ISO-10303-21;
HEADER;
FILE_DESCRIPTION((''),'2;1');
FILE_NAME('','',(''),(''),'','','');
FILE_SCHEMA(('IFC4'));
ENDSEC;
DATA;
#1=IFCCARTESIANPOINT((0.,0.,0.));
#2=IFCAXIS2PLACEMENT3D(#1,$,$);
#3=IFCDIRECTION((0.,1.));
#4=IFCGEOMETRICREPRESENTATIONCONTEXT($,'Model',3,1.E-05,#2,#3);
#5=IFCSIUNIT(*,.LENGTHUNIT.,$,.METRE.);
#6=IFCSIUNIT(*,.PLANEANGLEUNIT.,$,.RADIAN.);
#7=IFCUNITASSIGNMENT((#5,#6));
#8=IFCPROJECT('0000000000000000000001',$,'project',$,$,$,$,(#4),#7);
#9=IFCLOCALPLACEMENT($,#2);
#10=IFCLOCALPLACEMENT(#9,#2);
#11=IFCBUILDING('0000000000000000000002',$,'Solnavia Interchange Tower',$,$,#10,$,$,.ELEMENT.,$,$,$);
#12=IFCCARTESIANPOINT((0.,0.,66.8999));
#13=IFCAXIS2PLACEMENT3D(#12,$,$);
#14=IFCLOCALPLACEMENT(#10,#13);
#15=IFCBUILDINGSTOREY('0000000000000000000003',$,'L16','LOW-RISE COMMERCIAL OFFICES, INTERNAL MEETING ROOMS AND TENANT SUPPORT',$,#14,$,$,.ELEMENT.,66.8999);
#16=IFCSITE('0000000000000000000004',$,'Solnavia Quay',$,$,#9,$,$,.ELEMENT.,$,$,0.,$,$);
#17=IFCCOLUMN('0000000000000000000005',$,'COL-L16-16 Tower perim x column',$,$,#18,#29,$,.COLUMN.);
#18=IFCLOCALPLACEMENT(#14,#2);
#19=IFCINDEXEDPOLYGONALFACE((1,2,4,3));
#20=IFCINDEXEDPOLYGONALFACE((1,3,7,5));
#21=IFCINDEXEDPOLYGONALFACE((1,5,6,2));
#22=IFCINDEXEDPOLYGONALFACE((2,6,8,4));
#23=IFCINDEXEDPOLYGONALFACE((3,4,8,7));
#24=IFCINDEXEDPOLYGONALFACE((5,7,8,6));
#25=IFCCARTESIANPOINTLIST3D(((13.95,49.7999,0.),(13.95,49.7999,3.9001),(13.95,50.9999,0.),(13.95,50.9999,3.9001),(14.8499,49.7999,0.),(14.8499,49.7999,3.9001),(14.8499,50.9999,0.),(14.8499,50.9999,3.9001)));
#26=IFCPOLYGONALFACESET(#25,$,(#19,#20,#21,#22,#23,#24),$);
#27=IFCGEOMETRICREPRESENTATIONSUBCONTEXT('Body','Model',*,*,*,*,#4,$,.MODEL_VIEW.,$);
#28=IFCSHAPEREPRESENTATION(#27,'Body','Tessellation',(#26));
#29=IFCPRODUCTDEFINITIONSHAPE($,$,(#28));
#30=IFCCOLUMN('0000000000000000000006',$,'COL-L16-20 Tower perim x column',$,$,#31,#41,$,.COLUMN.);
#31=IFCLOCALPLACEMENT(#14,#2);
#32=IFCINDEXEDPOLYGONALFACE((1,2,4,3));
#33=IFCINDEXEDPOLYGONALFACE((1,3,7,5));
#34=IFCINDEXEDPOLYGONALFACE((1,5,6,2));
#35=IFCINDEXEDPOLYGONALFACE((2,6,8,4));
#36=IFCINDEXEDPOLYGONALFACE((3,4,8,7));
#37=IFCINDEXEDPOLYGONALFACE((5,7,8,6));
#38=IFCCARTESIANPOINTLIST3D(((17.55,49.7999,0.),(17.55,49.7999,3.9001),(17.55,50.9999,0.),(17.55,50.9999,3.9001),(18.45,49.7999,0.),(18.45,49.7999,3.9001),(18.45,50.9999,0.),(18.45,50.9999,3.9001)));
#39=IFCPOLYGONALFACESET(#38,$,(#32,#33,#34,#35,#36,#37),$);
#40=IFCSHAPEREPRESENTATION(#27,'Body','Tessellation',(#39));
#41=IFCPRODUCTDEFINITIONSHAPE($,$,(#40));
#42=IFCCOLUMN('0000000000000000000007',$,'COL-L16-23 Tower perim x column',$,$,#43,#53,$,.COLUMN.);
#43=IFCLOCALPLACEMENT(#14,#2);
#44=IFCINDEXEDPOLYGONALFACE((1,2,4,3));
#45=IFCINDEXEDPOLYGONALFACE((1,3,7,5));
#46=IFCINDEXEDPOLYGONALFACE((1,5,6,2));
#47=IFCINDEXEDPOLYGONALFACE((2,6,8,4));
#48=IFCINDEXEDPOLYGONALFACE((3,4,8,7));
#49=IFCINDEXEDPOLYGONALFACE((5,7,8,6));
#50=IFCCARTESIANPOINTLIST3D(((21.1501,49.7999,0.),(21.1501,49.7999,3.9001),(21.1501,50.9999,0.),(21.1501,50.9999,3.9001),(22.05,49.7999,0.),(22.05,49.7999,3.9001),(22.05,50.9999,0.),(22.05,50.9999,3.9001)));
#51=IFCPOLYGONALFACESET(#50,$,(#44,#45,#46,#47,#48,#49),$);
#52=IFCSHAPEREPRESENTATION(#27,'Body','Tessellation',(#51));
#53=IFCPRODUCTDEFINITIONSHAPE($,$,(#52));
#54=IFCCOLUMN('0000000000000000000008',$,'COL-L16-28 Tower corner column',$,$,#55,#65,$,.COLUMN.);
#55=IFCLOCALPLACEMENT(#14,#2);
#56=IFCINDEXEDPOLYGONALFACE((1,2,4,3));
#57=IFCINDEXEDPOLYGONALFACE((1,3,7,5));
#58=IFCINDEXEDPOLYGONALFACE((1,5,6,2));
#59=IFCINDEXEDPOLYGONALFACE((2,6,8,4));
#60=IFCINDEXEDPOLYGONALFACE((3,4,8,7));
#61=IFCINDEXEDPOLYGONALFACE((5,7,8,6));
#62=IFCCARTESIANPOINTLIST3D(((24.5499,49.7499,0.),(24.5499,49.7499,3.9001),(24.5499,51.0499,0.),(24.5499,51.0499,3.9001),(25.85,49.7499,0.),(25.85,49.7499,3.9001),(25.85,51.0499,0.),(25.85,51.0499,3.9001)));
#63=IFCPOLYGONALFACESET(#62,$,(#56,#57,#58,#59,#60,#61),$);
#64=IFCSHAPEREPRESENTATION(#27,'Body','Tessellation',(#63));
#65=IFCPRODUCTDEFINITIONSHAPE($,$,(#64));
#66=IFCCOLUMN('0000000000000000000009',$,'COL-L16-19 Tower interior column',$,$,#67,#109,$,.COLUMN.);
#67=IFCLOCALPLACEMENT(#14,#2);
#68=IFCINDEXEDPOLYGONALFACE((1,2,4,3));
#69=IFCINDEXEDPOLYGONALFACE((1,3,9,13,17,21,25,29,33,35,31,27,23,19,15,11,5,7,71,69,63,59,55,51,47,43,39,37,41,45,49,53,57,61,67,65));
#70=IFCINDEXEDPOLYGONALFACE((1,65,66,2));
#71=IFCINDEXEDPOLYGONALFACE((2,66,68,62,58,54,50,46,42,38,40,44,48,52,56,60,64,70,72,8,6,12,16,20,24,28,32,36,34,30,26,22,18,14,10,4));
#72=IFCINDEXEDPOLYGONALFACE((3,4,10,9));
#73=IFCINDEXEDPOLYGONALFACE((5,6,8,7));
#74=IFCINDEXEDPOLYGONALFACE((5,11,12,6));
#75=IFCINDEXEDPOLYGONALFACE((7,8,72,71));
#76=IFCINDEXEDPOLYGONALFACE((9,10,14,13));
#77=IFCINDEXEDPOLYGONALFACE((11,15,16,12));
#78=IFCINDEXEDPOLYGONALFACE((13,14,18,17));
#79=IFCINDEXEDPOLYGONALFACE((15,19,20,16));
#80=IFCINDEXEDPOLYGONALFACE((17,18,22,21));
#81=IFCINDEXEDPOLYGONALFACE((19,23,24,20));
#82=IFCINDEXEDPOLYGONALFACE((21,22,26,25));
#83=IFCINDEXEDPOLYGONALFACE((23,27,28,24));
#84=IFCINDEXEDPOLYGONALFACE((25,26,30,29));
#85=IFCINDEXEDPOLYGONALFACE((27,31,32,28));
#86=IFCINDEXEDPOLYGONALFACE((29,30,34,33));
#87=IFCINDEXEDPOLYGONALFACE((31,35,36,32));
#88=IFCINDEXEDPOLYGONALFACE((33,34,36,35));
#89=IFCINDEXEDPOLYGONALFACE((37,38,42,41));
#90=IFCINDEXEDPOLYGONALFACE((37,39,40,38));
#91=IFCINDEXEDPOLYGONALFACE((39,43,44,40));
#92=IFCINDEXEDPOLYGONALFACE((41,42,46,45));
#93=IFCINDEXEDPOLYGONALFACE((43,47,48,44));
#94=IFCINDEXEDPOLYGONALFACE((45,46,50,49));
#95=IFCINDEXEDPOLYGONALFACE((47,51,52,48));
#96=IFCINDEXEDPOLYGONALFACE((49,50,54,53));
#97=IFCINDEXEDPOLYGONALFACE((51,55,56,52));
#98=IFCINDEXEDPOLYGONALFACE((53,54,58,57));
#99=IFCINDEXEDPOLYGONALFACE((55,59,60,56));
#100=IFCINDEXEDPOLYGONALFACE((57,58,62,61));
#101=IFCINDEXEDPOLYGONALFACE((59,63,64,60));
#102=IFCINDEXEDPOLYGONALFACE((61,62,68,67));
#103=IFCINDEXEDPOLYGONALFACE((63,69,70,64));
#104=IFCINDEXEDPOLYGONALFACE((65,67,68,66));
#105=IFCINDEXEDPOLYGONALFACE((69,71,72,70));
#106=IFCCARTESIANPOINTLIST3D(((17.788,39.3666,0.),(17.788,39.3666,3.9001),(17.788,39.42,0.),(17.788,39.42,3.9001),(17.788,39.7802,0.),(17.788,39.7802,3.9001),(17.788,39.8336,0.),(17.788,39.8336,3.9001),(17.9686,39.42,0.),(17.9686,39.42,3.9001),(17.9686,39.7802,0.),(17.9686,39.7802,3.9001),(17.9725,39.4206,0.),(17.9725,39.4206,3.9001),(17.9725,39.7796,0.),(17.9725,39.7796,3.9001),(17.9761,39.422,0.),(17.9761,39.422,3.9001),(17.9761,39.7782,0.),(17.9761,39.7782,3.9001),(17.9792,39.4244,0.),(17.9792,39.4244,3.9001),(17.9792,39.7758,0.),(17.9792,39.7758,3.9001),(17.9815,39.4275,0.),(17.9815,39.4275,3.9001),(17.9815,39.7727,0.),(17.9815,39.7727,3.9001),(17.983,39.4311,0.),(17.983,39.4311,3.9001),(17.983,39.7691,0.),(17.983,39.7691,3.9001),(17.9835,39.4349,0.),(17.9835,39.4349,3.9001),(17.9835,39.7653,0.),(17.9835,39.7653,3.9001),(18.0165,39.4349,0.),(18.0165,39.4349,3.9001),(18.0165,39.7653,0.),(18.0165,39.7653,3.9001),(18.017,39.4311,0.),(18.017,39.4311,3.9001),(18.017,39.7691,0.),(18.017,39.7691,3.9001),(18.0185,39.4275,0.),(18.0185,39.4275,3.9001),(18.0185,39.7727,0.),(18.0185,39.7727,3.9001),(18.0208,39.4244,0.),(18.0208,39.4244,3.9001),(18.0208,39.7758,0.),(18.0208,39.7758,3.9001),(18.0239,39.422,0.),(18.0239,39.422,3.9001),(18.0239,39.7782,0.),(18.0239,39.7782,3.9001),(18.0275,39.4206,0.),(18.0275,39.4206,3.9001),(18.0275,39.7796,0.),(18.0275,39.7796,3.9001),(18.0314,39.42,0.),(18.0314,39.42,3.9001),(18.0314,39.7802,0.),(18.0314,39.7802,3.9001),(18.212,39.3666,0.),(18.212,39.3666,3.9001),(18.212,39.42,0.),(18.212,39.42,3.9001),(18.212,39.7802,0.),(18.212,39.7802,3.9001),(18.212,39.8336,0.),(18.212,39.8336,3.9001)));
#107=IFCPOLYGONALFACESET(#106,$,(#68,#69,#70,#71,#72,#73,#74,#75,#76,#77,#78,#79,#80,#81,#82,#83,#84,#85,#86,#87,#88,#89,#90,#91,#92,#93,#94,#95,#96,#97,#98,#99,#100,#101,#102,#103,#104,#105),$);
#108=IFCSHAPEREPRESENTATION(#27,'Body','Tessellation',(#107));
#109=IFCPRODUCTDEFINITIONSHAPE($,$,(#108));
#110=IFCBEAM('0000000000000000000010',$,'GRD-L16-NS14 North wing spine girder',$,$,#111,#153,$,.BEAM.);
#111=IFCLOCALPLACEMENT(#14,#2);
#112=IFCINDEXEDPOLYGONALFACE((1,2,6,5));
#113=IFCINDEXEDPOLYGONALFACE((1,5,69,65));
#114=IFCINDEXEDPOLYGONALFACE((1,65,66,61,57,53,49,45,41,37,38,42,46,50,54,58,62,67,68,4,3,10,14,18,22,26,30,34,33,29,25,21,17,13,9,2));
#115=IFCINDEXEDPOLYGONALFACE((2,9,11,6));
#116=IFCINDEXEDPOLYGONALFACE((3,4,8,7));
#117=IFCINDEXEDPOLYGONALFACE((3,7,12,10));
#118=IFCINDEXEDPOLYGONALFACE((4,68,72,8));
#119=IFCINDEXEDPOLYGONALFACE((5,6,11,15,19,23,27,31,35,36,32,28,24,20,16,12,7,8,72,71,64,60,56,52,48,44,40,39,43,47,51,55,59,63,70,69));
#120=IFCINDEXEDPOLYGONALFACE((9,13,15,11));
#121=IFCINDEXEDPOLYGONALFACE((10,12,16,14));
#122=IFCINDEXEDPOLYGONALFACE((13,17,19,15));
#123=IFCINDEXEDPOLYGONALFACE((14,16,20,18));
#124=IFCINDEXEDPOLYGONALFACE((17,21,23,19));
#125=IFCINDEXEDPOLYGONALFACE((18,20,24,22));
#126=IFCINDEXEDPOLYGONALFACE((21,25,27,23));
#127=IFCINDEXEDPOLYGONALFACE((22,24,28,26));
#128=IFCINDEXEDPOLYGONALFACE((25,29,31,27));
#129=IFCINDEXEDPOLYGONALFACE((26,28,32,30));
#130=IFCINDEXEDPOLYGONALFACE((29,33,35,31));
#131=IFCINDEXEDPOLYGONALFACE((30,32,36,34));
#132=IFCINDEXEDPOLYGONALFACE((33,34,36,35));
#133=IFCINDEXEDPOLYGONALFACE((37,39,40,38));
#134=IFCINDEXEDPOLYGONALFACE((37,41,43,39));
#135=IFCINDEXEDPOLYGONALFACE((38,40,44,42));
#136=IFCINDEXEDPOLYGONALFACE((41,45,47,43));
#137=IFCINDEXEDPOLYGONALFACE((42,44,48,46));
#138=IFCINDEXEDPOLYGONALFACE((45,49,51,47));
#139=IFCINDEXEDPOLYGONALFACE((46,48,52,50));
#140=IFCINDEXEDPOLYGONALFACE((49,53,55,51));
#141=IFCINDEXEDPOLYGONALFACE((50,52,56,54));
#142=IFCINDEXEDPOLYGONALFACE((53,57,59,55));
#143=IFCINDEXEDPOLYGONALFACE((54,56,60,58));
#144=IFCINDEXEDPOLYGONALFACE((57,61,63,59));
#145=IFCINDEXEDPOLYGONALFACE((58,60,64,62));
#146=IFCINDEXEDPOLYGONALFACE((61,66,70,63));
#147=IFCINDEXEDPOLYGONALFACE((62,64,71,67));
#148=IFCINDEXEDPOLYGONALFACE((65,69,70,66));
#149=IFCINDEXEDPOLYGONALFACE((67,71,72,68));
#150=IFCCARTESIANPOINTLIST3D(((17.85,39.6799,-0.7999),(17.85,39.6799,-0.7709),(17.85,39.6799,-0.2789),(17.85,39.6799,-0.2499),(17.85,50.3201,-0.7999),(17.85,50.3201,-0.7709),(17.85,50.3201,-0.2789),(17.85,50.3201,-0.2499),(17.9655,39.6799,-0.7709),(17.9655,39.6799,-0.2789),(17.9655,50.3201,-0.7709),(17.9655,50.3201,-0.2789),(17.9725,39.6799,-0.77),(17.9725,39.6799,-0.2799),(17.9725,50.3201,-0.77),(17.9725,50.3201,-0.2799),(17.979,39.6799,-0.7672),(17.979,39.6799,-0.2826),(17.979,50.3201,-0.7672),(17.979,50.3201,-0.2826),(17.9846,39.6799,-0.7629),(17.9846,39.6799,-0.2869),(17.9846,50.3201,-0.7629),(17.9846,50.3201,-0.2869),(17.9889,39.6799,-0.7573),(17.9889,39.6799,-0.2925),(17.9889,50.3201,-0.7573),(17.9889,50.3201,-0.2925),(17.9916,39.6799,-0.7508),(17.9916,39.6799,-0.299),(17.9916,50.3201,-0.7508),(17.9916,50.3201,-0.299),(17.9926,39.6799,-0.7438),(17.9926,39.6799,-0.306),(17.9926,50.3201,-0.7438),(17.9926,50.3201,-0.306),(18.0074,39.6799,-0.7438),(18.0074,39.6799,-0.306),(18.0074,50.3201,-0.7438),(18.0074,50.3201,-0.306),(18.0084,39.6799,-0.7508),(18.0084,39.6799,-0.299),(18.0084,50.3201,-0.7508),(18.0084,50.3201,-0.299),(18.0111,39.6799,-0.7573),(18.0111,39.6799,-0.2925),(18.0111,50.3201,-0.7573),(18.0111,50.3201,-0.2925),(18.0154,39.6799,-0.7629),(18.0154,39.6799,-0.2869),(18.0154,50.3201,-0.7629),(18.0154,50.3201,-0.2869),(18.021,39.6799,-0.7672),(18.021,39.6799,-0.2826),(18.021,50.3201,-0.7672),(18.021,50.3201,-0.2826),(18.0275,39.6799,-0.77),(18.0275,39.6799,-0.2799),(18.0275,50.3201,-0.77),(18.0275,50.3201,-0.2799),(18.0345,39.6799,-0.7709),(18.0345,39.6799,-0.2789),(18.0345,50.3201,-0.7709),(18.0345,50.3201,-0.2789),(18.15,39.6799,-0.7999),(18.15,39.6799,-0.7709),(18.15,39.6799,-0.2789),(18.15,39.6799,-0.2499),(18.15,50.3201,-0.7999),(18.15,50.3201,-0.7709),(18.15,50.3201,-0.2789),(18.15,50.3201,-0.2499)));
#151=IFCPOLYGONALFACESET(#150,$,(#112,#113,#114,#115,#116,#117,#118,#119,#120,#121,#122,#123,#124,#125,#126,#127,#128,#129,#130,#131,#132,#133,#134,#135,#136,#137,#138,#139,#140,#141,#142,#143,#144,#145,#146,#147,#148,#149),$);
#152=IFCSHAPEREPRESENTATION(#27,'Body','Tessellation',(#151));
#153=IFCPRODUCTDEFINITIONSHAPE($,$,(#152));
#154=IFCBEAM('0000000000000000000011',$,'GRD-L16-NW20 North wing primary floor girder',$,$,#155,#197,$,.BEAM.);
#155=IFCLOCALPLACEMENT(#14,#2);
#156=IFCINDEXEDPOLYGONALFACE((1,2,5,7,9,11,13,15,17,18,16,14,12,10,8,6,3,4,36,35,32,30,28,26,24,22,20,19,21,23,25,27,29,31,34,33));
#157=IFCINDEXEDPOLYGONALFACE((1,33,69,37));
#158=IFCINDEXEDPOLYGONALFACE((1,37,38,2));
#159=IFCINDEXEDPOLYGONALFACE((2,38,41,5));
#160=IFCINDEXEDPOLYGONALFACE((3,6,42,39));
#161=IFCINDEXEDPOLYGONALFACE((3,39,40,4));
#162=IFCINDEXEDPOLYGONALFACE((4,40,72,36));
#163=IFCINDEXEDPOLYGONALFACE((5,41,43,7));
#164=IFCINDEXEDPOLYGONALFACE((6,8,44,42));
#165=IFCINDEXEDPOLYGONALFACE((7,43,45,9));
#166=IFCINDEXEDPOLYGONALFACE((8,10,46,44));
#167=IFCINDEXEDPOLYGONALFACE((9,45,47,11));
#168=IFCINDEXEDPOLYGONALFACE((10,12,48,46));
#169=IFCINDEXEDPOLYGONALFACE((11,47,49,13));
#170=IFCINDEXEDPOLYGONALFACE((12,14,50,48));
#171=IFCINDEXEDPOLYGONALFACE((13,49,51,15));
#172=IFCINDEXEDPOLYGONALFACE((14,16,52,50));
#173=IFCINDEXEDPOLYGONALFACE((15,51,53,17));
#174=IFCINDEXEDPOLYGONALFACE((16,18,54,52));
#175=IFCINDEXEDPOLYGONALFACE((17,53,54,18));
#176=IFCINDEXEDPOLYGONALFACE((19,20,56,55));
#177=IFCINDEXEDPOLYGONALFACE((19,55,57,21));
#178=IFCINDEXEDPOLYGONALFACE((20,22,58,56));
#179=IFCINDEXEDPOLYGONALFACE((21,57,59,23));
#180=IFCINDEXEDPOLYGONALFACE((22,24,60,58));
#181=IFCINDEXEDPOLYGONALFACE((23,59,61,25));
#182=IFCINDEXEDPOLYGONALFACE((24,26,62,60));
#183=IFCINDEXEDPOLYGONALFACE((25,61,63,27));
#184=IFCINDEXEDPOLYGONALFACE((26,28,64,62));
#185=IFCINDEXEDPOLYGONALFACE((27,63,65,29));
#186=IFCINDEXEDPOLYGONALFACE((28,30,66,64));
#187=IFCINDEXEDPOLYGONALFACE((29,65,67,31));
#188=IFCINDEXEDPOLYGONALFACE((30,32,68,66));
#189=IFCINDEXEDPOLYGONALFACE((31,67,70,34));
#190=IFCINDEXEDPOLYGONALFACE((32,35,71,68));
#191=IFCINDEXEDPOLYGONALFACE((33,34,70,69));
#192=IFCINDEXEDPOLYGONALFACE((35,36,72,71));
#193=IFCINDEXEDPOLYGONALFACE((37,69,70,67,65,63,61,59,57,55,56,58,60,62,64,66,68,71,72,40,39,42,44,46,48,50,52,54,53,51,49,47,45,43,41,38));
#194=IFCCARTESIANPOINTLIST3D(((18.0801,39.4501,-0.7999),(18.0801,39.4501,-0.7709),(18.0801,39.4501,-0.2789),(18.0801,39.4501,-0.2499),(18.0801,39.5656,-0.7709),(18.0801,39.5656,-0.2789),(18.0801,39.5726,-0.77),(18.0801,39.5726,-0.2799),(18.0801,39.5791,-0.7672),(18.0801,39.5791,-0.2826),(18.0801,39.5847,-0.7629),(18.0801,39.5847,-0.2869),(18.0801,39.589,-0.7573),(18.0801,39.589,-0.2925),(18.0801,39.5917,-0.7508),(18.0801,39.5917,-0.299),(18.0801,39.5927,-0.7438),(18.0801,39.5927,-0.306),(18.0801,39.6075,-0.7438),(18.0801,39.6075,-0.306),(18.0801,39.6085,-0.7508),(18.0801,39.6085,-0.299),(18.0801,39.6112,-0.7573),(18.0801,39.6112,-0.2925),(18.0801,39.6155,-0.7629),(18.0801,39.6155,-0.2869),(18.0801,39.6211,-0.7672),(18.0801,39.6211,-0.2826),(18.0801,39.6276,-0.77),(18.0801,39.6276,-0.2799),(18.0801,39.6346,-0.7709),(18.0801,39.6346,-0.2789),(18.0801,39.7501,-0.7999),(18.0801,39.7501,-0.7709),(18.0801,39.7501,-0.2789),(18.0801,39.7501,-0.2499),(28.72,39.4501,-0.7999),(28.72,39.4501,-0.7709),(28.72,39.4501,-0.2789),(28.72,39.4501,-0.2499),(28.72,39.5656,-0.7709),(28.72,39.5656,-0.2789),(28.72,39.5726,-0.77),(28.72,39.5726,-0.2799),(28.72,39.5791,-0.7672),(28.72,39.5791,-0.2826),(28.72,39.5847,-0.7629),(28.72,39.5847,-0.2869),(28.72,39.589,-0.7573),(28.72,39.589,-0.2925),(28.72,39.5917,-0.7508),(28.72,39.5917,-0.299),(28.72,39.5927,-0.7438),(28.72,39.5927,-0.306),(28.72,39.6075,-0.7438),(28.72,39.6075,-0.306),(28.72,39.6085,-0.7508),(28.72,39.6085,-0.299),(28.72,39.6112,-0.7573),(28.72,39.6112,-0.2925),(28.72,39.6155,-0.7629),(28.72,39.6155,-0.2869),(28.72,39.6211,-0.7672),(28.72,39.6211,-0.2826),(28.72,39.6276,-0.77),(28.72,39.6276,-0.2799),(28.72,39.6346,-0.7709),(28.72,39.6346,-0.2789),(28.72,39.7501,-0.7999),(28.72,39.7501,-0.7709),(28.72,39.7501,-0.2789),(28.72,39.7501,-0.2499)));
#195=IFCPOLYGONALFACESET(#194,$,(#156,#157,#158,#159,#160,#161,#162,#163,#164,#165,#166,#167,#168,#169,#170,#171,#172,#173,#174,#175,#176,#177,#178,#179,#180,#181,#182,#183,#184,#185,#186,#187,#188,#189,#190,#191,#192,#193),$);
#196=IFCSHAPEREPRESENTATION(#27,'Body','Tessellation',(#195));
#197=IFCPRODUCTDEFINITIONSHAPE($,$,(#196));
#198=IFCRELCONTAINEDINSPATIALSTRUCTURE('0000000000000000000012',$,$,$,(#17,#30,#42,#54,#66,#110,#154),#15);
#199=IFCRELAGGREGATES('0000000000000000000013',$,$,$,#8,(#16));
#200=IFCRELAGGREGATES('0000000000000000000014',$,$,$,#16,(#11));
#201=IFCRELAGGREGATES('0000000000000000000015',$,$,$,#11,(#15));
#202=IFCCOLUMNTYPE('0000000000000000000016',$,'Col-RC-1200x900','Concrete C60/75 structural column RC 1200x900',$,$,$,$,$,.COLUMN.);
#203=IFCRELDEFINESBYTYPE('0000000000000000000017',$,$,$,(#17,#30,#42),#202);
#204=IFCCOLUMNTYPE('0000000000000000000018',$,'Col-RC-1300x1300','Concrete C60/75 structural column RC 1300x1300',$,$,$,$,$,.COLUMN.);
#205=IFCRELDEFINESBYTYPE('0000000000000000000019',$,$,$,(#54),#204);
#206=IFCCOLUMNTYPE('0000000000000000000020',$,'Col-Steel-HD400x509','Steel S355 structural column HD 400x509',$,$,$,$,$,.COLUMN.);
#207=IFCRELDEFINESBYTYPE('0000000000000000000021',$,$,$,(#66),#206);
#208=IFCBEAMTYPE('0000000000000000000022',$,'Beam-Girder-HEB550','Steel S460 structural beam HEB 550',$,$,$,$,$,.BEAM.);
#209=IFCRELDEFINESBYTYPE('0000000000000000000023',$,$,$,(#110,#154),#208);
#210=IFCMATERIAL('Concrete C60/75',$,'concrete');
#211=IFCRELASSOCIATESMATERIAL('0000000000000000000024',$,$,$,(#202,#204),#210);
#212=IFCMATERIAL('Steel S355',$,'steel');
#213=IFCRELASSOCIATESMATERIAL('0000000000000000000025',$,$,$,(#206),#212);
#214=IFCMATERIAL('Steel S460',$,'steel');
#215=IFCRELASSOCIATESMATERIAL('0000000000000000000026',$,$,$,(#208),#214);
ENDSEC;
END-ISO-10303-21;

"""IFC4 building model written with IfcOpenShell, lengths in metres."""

from ifc_helpers import new_model, si_unit, direction, frame, origin, origin_2d, place, context, subcontext, project, spatial, rectangle, i_section, extrude, material, material_profile, profile_set, type_object, element, save


model = new_model("IFC4")

# Units and contexts
model_context = context("Model", 3, precision=1e-05, world=origin(), true_north=direction((0.0, 1.0)))
body_context = subcontext(model_context, "Body", "Model", "MODEL_VIEW")
ifc_project = project(units=[si_unit("LENGTHUNIT", "METRE"), si_unit("PLANEANGLEUNIT", "RADIAN")], contexts=[model_context])

# Site, building, storey
site_placement = place(None, origin())
site = spatial("IfcSite", under=ifc_project, at=site_placement, Name="Solnavia Quay", CompositionType="ELEMENT", RefElevation=0.0)
building_placement = place(site_placement, origin())
building = spatial("IfcBuilding", under=site, at=building_placement, Name="Solnavia Interchange Tower", CompositionType="ELEMENT")
storey_placement = place(building_placement, frame((0.0, 0.0, 66.8999)))
storey = spatial("IfcBuildingStorey", under=building, at=storey_placement, Name="L16", Description="LOW-RISE COMMERCIAL OFFICES, INTERNAL MEETING ROOMS AND TENANT SUPPORT", CompositionType="ELEMENT", Elevation=66.8999)

# Columns
ifc_material_1 = material(Name="Concrete C60/75", Category="concrete")
ifc_material_profile_1 = material_profile(ifc_material_1, rectangle(XDim=0.8999, YDim=1.2, at=origin_2d()), Name="RC 1200x900")
ifc_profile_set_1 = profile_set([ifc_material_profile_1], Name="Concrete C60/75")
column_type_1 = type_object("IfcColumnType", Name="Col-RC-1200x900", Description="Concrete C60/75 structural column RC 1200x900", PredefinedType="COLUMN", material=ifc_profile_set_1)
for number, where, z_axis, x_axis, name in (
    (1, (14.3999, 50.3999, 0.0), (0.0, 0.0, 1.0), (1.0, 0.0, 0.0), "COL-L16-16 Tower perim x column"),
    (2, (18.0, 50.3999, 0.0), (0.0, 0.0, 1.0), (1.0, 0.0, 0.0), "COL-L16-20 Tower perim x column"),
    (3, (21.6001, 50.3999, 0.0), (0.0, 0.0, 1.0), (1.0, 0.0, 0.0), "COL-L16-23 Tower perim x column"),
):
    element("IfcColumn", number, at=place(storey_placement, frame(where, z_axis=z_axis, x_axis=x_axis)), inside=storey, type_object=column_type_1, Name=name, PredefinedType="COLUMN", context=body_context, shape_type="SweptSolid", body=[
        extrude(rectangle(XDim=0.8999, YDim=1.2, at=origin_2d()), origin(), (0.0, 0.0, 1.0), 3.9001),
    ])
ifc_material_profile_2 = material_profile(ifc_material_1, rectangle(XDim=1.3, YDim=1.3, at=origin_2d()), Name="RC 1300x1300")
ifc_profile_set_2 = profile_set([ifc_material_profile_2], Name="Concrete C60/75")
column_type_2 = type_object("IfcColumnType", Name="Col-RC-1300x1300", Description="Concrete C60/75 structural column RC 1300x1300", PredefinedType="COLUMN", material=ifc_profile_set_2)
column_1_placement = place(storey_placement, frame((25.2, 50.3999, 0.0), z_axis=(0.0, 0.0, 1.0), x_axis=(1.0, 0.0, 0.0)))
element("IfcColumn", 4, at=column_1_placement, inside=storey, type_object=column_type_2, Name="COL-L16-28 Tower corner column", PredefinedType="COLUMN", context=body_context, shape_type="SweptSolid", body=[
    extrude(rectangle(XDim=1.3, YDim=1.3, at=origin_2d()), origin(), (0.0, 0.0, 1.0), 3.9001),
])
ifc_material_2 = material(Name="Steel S355", Category="steel")
ifc_material_profile_3 = material_profile(ifc_material_2, i_section(OverallWidth=0.4241, OverallDepth=0.467, WebThickness=0.033, FlangeThickness=0.0535, FilletRadius=0.0149, at=origin_2d()), Name="HD 400x509")
ifc_profile_set_3 = profile_set([ifc_material_profile_3], Name="Steel S355")
column_type_3 = type_object("IfcColumnType", Name="Col-Steel-HD400x509", Description="Steel S355 structural column HD 400x509", PredefinedType="COLUMN", material=ifc_profile_set_3)
column_2_placement = place(storey_placement, frame((18.0, 39.6001, 0.0), z_axis=(0.0, 0.0, 1.0), x_axis=(1.0, 0.0, 0.0)))
element("IfcColumn", 5, at=column_2_placement, inside=storey, type_object=column_type_3, Name="COL-L16-19 Tower interior column", PredefinedType="COLUMN", context=body_context, shape_type="SweptSolid", body=[
    extrude(i_section(OverallWidth=0.4241, OverallDepth=0.467, WebThickness=0.033, FlangeThickness=0.0535, FilletRadius=0.0149, at=origin_2d()), origin(), (0.0, 0.0, 1.0), 3.9001),
])

# Beams
ifc_material_3 = material(Name="Steel S460", Category="steel")
ifc_material_profile_4 = material_profile(ifc_material_3, i_section(OverallWidth=0.3, OverallDepth=0.55, WebThickness=0.0149, FlangeThickness=0.0291, FilletRadius=0.0271, at=origin_2d()), Name="HEB 550")
ifc_profile_set_4 = profile_set([ifc_material_profile_4], Name="Steel S460")
beam_type_1 = type_object("IfcBeamType", Name="Beam-Girder-HEB550", Description="Steel S460 structural beam HEB 550", PredefinedType="BEAM", material=ifc_profile_set_4)
beam_1_placement = place(storey_placement, frame((18.0, 39.6799, -0.5249), z_axis=(0.0, 1.0, 0.0), x_axis=(-1.0, 0.0, 0.0)))
element("IfcBeam", 6, at=beam_1_placement, inside=storey, type_object=beam_type_1, Name="GRD-L16-NS14 North wing spine girder", PredefinedType="BEAM", context=body_context, shape_type="SweptSolid", body=[
    extrude(i_section(OverallWidth=0.3, OverallDepth=0.55, WebThickness=0.0149, FlangeThickness=0.0291, FilletRadius=0.0271, at=origin_2d()), origin(), (0.0, 0.0, 1.0), 10.6401),
])
beam_2_placement = place(storey_placement, frame((18.0801, 39.6001, -0.5249), z_axis=(1.0, 0.0, 0.0), x_axis=(0.0, 1.0, 0.0)))
element("IfcBeam", 7, at=beam_2_placement, inside=storey, type_object=beam_type_1, Name="GRD-L16-NW20 North wing primary floor girder", PredefinedType="BEAM", context=body_context, shape_type="SweptSolid", body=[
    extrude(i_section(OverallWidth=0.3, OverallDepth=0.55, WebThickness=0.0149, FlangeThickness=0.0291, FilletRadius=0.0271, at=origin_2d()), origin(), (0.0, 0.0, 1.0), 10.6399),
])

save(model, "model.ifc")
